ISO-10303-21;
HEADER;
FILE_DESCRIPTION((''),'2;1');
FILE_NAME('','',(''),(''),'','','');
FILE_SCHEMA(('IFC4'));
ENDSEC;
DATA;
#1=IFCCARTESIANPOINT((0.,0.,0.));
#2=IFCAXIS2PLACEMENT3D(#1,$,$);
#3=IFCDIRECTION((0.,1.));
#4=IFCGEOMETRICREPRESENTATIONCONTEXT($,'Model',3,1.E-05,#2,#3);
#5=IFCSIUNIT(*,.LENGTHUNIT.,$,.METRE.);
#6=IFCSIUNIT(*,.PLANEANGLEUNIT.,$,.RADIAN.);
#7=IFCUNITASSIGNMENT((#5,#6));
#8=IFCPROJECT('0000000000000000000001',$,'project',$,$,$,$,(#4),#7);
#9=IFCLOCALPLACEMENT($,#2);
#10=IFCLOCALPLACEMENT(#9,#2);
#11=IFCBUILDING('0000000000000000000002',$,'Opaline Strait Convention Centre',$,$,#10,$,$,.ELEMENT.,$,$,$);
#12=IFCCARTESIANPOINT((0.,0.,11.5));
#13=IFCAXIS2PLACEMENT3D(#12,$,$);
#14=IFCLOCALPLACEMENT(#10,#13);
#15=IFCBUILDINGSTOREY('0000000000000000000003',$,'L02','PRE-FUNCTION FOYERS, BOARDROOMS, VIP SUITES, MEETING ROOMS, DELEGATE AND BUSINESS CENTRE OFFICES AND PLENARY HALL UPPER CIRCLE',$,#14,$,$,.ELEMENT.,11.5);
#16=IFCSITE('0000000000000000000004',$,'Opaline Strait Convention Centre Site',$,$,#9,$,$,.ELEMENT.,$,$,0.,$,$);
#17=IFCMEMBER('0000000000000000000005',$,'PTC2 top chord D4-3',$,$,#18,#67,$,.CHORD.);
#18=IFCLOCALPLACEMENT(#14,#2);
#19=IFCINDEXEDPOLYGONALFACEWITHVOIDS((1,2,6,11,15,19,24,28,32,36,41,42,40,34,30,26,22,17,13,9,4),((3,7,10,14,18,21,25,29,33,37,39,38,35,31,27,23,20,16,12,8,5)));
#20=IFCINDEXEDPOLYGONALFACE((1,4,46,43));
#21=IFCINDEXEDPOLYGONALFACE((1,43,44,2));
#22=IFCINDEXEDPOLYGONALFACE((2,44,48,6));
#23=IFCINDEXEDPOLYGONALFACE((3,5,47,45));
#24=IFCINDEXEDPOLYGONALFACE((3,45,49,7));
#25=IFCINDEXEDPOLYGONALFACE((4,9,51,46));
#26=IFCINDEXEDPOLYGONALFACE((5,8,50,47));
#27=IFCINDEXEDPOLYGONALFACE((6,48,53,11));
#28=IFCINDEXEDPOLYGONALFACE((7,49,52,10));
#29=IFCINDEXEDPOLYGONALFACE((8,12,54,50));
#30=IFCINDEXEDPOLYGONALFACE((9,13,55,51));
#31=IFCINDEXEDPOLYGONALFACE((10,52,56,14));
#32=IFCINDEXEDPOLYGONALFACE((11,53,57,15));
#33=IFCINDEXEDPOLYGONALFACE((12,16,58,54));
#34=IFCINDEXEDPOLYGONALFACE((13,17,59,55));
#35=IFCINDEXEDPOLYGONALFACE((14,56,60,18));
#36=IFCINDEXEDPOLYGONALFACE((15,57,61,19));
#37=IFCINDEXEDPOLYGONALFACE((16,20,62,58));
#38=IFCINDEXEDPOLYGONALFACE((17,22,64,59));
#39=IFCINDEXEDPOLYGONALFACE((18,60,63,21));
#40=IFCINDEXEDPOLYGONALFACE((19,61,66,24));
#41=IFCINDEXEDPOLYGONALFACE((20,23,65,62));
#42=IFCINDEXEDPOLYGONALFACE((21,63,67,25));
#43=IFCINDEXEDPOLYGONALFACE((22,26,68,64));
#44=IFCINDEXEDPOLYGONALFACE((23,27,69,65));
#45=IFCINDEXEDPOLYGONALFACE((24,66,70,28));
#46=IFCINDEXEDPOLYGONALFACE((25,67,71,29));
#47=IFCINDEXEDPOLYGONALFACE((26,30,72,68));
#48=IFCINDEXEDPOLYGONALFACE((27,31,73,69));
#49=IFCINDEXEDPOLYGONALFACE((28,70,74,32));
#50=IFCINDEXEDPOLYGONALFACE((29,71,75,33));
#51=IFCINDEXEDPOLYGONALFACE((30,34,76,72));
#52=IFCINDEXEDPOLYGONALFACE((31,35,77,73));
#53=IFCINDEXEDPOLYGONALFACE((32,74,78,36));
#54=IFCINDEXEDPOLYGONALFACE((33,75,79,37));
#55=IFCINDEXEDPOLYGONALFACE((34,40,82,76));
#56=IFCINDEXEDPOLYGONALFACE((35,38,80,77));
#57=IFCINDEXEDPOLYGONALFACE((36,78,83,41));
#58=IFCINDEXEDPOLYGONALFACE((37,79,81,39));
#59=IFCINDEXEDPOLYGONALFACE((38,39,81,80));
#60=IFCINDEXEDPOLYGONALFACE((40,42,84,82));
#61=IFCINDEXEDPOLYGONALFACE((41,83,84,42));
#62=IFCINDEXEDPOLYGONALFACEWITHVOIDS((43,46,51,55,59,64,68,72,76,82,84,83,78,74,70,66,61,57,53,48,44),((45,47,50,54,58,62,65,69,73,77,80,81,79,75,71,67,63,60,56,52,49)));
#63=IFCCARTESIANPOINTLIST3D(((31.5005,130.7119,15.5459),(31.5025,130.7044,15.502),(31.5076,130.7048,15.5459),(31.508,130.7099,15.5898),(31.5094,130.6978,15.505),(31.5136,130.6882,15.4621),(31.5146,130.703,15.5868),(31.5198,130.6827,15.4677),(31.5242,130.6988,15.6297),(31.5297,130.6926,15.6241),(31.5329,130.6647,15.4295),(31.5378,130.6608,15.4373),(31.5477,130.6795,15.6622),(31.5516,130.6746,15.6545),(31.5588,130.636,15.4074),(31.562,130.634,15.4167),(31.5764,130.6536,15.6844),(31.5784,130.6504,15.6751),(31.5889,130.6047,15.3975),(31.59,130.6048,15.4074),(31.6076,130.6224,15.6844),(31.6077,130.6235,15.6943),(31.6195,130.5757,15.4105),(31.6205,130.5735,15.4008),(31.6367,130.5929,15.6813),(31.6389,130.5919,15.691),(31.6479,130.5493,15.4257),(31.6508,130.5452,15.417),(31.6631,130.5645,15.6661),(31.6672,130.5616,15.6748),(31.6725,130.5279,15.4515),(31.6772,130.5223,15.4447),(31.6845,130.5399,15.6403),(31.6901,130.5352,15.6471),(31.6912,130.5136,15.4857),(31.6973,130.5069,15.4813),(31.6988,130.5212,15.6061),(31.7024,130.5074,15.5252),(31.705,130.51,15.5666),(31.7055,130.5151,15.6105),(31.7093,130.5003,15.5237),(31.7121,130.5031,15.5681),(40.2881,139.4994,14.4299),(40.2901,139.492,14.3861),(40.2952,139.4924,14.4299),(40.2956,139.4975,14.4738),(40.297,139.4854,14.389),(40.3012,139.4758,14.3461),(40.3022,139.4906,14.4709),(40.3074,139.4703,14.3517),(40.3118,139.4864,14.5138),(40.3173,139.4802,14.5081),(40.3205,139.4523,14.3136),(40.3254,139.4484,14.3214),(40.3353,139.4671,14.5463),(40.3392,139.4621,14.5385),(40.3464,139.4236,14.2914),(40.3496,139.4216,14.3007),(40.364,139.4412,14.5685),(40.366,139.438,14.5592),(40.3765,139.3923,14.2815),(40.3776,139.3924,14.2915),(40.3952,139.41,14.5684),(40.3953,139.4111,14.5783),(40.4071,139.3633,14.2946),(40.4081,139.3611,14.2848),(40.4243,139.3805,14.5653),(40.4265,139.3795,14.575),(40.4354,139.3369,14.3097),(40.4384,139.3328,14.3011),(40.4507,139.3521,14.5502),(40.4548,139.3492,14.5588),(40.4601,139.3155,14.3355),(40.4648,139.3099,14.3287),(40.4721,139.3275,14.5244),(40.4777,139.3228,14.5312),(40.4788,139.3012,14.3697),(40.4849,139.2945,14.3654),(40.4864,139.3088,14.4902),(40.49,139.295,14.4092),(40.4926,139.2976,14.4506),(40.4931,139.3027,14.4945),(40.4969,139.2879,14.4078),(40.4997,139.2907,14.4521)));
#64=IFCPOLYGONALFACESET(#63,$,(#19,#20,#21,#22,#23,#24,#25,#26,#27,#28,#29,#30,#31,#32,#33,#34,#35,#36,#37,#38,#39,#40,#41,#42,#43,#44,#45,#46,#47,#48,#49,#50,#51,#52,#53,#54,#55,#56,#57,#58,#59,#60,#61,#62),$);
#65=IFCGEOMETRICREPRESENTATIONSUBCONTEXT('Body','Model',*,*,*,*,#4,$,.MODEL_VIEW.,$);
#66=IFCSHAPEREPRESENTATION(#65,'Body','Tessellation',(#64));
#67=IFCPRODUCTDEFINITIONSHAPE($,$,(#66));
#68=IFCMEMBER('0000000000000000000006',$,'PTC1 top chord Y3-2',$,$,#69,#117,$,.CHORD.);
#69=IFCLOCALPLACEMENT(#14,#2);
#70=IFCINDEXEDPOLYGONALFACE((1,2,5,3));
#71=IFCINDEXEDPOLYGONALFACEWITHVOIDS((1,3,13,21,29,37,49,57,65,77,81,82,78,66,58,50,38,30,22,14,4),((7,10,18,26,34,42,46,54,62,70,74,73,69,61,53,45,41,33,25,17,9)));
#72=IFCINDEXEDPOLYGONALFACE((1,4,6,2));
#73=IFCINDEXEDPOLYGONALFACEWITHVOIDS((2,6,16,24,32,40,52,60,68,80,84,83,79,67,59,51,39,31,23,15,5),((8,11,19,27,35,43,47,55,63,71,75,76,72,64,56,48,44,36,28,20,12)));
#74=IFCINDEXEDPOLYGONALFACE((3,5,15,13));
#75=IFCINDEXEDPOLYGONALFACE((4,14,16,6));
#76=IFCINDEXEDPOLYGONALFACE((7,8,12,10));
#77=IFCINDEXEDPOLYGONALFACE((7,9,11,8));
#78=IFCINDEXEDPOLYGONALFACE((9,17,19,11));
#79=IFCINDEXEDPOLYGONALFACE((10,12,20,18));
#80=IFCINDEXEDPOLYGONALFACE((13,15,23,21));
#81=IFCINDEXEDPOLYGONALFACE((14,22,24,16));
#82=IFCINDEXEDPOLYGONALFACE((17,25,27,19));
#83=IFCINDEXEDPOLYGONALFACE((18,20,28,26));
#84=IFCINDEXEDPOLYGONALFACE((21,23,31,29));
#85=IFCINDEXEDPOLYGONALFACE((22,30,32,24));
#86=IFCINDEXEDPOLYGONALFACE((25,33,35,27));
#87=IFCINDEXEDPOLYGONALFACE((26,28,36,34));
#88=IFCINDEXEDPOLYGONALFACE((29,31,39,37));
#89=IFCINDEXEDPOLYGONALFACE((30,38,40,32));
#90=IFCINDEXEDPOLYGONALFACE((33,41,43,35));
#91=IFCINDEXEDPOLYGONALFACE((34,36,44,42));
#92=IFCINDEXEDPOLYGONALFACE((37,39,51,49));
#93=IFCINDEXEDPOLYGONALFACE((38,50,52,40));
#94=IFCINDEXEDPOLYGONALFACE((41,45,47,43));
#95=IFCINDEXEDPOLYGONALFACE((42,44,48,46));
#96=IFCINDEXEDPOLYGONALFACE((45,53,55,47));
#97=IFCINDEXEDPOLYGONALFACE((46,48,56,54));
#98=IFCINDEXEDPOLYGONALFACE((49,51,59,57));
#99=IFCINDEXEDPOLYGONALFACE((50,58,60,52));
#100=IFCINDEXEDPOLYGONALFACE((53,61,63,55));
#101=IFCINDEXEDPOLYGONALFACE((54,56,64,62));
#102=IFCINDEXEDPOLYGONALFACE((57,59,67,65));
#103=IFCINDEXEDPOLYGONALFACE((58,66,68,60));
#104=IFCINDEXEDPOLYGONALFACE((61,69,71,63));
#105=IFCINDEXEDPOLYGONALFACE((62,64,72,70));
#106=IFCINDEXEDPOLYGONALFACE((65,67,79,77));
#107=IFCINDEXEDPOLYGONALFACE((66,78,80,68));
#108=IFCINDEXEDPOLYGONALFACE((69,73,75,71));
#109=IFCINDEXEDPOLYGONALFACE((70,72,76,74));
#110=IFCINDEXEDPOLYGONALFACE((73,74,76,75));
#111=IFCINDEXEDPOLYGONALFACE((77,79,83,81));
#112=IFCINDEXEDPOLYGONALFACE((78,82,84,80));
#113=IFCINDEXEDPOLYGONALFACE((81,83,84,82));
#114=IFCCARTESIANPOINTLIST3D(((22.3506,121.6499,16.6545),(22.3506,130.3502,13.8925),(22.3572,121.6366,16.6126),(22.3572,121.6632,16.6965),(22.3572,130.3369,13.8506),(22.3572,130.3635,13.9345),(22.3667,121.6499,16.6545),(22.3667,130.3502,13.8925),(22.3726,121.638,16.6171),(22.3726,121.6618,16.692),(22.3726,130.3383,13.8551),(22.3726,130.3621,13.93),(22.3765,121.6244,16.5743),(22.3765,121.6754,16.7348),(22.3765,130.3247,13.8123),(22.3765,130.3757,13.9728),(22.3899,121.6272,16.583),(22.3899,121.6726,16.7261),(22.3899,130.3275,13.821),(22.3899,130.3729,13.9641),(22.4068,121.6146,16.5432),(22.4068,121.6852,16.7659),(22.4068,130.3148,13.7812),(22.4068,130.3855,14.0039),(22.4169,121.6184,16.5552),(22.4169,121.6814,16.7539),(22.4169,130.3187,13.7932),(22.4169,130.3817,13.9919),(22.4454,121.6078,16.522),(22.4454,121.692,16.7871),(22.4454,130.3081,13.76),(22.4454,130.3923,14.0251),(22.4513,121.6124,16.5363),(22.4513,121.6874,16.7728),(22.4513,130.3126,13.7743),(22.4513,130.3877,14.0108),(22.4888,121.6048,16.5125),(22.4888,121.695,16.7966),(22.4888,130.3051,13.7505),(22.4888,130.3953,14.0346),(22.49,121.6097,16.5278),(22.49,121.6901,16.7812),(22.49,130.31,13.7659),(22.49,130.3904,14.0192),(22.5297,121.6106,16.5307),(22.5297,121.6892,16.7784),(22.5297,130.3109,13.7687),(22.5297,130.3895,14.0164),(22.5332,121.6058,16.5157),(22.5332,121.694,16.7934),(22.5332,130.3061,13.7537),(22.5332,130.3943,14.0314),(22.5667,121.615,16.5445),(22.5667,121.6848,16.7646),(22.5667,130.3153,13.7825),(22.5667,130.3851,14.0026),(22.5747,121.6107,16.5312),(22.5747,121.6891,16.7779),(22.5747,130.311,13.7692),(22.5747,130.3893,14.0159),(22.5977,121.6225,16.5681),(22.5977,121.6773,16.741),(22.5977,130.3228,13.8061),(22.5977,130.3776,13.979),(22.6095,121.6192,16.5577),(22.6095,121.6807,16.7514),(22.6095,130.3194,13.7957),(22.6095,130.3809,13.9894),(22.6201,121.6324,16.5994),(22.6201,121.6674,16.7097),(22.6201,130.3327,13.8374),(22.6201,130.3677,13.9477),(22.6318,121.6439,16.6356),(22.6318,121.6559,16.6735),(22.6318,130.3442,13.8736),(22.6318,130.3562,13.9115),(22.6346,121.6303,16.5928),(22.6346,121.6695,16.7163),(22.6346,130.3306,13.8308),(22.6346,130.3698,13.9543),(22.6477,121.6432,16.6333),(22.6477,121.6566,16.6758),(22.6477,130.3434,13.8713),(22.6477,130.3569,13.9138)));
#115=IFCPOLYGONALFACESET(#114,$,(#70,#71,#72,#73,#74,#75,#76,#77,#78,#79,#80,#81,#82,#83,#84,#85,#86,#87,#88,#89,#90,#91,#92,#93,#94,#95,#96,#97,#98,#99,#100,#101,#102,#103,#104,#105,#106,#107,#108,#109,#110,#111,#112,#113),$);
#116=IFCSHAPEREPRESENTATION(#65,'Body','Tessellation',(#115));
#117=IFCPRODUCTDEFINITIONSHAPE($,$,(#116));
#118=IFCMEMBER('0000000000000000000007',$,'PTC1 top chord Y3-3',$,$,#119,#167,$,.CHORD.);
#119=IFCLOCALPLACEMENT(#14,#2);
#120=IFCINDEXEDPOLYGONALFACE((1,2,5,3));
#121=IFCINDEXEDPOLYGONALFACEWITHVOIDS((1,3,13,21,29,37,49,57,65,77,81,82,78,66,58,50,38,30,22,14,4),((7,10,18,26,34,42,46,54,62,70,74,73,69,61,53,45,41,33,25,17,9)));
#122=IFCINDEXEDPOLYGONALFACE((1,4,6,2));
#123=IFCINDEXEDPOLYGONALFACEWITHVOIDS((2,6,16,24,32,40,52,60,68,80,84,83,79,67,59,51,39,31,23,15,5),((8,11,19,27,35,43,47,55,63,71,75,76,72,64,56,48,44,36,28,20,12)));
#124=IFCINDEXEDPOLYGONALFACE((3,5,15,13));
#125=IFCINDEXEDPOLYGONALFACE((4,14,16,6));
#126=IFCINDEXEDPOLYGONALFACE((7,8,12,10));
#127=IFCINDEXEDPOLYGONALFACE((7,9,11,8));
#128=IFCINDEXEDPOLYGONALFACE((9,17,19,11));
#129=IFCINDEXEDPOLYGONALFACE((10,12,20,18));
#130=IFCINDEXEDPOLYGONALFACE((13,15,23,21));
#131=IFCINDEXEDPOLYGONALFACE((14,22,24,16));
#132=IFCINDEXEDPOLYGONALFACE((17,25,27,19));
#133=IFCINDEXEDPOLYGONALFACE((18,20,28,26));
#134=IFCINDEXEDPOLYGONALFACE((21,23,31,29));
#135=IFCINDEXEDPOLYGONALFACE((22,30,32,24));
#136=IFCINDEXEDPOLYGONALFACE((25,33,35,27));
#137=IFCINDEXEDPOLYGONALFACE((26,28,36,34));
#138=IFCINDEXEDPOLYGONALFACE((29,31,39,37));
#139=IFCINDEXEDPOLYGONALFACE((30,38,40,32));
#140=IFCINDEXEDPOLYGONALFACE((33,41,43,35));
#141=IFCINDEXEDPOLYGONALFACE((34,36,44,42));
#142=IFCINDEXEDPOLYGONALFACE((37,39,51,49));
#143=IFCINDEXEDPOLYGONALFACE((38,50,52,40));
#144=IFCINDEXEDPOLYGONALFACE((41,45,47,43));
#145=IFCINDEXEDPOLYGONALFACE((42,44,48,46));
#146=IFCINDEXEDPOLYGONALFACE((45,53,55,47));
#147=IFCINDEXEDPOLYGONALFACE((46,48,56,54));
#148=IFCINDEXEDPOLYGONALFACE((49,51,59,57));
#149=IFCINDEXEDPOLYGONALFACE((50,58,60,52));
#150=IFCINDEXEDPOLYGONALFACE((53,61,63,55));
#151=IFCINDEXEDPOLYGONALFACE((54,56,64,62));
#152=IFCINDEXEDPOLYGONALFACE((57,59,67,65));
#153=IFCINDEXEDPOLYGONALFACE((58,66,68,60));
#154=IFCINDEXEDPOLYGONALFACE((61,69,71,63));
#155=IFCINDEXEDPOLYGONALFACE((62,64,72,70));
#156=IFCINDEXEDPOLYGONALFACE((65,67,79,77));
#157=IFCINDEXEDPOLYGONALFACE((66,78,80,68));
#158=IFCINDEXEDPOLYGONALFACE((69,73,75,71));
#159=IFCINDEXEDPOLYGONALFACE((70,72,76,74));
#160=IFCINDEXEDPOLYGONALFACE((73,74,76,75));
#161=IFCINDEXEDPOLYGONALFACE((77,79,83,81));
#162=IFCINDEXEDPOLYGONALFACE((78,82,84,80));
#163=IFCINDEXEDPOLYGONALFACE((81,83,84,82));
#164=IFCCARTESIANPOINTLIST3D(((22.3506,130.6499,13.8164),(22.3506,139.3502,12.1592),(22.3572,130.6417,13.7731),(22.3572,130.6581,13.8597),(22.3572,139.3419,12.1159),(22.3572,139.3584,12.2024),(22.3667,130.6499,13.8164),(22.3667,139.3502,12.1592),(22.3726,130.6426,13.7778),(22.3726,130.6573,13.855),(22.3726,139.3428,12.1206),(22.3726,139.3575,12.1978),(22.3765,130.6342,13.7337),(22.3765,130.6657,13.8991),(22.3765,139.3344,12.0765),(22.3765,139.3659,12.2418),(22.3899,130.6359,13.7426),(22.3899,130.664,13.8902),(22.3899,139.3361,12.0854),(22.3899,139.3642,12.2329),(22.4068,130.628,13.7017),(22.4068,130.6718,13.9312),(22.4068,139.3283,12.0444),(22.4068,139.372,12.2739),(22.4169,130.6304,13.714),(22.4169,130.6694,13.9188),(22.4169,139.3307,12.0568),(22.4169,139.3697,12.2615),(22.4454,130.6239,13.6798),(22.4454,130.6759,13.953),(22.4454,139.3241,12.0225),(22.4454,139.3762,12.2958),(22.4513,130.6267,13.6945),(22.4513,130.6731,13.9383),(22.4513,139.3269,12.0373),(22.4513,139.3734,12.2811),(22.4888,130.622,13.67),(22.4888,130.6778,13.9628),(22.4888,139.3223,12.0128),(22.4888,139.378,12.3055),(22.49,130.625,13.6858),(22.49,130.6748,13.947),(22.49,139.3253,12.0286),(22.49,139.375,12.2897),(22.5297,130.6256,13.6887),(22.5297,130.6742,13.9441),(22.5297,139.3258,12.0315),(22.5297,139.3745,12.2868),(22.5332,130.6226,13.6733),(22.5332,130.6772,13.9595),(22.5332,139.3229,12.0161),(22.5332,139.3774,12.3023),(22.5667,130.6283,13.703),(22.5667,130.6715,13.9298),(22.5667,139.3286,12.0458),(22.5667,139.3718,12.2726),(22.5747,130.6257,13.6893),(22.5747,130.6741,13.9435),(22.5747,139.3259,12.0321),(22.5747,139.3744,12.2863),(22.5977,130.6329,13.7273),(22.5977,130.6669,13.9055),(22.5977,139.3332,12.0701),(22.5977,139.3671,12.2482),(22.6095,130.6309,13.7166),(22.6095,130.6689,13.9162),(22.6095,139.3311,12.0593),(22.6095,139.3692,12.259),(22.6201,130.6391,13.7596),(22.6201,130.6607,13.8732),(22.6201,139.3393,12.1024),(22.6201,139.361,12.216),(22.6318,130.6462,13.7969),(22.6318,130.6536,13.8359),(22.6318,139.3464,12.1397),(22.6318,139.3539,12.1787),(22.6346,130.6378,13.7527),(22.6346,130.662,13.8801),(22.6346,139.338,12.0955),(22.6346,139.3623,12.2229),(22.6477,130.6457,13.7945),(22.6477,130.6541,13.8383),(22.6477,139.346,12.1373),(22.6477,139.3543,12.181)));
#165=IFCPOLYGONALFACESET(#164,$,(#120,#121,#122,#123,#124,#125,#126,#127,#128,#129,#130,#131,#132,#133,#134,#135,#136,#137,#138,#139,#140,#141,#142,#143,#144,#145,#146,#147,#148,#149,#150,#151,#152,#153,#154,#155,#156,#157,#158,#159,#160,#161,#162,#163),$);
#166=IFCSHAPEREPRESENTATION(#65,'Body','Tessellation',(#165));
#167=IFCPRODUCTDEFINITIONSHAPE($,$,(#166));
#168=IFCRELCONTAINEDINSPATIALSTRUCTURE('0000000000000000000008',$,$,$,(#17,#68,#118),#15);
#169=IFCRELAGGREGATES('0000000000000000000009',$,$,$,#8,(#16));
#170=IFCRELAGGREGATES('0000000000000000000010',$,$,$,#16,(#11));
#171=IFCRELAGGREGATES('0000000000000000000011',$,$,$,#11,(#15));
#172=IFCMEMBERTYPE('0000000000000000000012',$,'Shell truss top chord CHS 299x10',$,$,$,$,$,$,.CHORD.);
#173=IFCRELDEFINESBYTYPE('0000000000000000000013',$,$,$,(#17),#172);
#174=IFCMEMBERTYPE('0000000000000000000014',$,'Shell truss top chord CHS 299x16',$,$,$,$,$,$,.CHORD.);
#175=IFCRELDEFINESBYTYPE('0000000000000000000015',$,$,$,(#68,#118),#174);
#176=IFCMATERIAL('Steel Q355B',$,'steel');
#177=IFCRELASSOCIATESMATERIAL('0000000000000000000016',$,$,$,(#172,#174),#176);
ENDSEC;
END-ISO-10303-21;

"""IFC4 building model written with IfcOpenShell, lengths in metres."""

from ifc_helpers import new_model, si_unit, direction, frame, origin, origin_2d, place, context, subcontext, project, spatial, hollow_circle, extrude, material, material_profile, profile_set, type_object, element, save


model = new_model("IFC4")

# Units and contexts
model_context = context("Model", 3, precision=1e-05, world=origin(), true_north=direction((0.0, 1.0)))
body_context = subcontext(model_context, "Body", "Model", "MODEL_VIEW")
ifc_project = project(units=[si_unit("LENGTHUNIT", "METRE"), si_unit("PLANEANGLEUNIT", "RADIAN")], contexts=[model_context])

# Site, building, storey
site_placement = place(None, origin())
site = spatial("IfcSite", under=ifc_project, at=site_placement, Name="Opaline Strait Convention Centre Site", CompositionType="ELEMENT", RefElevation=0.0)
building_placement = place(site_placement, origin())
building = spatial("IfcBuilding", under=site, at=building_placement, Name="Opaline Strait Convention Centre", CompositionType="ELEMENT")
storey_placement = place(building_placement, frame((0.0, 0.0, 11.5)))
storey = spatial("IfcBuildingStorey", under=building, at=storey_placement, Name="L02", Description="PRE-FUNCTION FOYERS, BOARDROOMS, VIP SUITES, MEETING ROOMS, DELEGATE AND BUSINESS CENTRE OFFICES AND PLENARY HALL UPPER CIRCLE", CompositionType="ELEMENT", Elevation=11.5)

# Members
ifc_material_1 = material(Name="Steel Q355B", Category="steel")
ifc_material_profile_1 = material_profile(ifc_material_1, hollow_circle(Radius=0.1494, WallThickness=0.01, at=origin_2d()), Name="CHS 299x10")
ifc_profile_set_1 = profile_set([ifc_material_profile_1], Name="Steel Q355B")
member_type_1 = type_object("IfcMemberType", Name="Shell truss top chord CHS 299x10", PredefinedType="CHORD", material=ifc_profile_set_1)
member_1_placement = place(storey_placement, frame((31.6062, 130.6062, 15.5459), z_axis=(0.704273, 0.704273, -0.089438), x_axis=(-0.707107, 0.707107, 0.0)))
element("IfcMember", 1, at=member_1_placement, inside=storey, type_object=member_type_1, Name="PTC2 top chord D4-3", PredefinedType="CHORD", context=body_context, shape_type="SweptSolid", body=[
    extrude(hollow_circle(Radius=0.1494, WallThickness=0.01, at=origin_2d()), origin(), (0.0, 0.0, 1.0), 12.4775),
])
ifc_material_profile_2 = material_profile(ifc_material_1, hollow_circle(Radius=0.1494, WallThickness=0.0161, at=origin_2d()), Name="CHS 299x16")
ifc_profile_set_2 = profile_set([ifc_material_profile_2], Name="Steel Q355B")
member_type_2 = type_object("IfcMemberType", Name="Shell truss top chord CHS 299x16", PredefinedType="CHORD", material=ifc_profile_set_2)
member_2_placement = place(storey_placement, frame((22.5, 121.6499, 16.6545), z_axis=(0.0, 0.953124, -0.302579), x_axis=(-1.0, 0.0, 0.0)))
element("IfcMember", 2, at=member_2_placement, inside=storey, type_object=member_type_2, Name="PTC1 top chord Y3-2", PredefinedType="CHORD", context=body_context, shape_type="SweptSolid", body=[
    extrude(hollow_circle(Radius=0.1494, WallThickness=0.0161, at=origin_2d()), origin(), (0.0, 0.0, 1.0), 9.1282),
])
member_3_placement = place(storey_placement, frame((22.5, 130.6499, 13.8164), z_axis=(0.0, 0.982338, -0.187117), x_axis=(-1.0, 0.0, 0.0)))
element("IfcMember", 3, at=member_3_placement, inside=storey, type_object=member_type_2, Name="PTC1 top chord Y3-3", PredefinedType="CHORD", context=body_context, shape_type="SweptSolid", body=[
    extrude(hollow_circle(Radius=0.1494, WallThickness=0.0161, at=origin_2d()), origin(), (0.0, 0.0, 1.0), 8.8567),
])

save(model, "model.ifc")
